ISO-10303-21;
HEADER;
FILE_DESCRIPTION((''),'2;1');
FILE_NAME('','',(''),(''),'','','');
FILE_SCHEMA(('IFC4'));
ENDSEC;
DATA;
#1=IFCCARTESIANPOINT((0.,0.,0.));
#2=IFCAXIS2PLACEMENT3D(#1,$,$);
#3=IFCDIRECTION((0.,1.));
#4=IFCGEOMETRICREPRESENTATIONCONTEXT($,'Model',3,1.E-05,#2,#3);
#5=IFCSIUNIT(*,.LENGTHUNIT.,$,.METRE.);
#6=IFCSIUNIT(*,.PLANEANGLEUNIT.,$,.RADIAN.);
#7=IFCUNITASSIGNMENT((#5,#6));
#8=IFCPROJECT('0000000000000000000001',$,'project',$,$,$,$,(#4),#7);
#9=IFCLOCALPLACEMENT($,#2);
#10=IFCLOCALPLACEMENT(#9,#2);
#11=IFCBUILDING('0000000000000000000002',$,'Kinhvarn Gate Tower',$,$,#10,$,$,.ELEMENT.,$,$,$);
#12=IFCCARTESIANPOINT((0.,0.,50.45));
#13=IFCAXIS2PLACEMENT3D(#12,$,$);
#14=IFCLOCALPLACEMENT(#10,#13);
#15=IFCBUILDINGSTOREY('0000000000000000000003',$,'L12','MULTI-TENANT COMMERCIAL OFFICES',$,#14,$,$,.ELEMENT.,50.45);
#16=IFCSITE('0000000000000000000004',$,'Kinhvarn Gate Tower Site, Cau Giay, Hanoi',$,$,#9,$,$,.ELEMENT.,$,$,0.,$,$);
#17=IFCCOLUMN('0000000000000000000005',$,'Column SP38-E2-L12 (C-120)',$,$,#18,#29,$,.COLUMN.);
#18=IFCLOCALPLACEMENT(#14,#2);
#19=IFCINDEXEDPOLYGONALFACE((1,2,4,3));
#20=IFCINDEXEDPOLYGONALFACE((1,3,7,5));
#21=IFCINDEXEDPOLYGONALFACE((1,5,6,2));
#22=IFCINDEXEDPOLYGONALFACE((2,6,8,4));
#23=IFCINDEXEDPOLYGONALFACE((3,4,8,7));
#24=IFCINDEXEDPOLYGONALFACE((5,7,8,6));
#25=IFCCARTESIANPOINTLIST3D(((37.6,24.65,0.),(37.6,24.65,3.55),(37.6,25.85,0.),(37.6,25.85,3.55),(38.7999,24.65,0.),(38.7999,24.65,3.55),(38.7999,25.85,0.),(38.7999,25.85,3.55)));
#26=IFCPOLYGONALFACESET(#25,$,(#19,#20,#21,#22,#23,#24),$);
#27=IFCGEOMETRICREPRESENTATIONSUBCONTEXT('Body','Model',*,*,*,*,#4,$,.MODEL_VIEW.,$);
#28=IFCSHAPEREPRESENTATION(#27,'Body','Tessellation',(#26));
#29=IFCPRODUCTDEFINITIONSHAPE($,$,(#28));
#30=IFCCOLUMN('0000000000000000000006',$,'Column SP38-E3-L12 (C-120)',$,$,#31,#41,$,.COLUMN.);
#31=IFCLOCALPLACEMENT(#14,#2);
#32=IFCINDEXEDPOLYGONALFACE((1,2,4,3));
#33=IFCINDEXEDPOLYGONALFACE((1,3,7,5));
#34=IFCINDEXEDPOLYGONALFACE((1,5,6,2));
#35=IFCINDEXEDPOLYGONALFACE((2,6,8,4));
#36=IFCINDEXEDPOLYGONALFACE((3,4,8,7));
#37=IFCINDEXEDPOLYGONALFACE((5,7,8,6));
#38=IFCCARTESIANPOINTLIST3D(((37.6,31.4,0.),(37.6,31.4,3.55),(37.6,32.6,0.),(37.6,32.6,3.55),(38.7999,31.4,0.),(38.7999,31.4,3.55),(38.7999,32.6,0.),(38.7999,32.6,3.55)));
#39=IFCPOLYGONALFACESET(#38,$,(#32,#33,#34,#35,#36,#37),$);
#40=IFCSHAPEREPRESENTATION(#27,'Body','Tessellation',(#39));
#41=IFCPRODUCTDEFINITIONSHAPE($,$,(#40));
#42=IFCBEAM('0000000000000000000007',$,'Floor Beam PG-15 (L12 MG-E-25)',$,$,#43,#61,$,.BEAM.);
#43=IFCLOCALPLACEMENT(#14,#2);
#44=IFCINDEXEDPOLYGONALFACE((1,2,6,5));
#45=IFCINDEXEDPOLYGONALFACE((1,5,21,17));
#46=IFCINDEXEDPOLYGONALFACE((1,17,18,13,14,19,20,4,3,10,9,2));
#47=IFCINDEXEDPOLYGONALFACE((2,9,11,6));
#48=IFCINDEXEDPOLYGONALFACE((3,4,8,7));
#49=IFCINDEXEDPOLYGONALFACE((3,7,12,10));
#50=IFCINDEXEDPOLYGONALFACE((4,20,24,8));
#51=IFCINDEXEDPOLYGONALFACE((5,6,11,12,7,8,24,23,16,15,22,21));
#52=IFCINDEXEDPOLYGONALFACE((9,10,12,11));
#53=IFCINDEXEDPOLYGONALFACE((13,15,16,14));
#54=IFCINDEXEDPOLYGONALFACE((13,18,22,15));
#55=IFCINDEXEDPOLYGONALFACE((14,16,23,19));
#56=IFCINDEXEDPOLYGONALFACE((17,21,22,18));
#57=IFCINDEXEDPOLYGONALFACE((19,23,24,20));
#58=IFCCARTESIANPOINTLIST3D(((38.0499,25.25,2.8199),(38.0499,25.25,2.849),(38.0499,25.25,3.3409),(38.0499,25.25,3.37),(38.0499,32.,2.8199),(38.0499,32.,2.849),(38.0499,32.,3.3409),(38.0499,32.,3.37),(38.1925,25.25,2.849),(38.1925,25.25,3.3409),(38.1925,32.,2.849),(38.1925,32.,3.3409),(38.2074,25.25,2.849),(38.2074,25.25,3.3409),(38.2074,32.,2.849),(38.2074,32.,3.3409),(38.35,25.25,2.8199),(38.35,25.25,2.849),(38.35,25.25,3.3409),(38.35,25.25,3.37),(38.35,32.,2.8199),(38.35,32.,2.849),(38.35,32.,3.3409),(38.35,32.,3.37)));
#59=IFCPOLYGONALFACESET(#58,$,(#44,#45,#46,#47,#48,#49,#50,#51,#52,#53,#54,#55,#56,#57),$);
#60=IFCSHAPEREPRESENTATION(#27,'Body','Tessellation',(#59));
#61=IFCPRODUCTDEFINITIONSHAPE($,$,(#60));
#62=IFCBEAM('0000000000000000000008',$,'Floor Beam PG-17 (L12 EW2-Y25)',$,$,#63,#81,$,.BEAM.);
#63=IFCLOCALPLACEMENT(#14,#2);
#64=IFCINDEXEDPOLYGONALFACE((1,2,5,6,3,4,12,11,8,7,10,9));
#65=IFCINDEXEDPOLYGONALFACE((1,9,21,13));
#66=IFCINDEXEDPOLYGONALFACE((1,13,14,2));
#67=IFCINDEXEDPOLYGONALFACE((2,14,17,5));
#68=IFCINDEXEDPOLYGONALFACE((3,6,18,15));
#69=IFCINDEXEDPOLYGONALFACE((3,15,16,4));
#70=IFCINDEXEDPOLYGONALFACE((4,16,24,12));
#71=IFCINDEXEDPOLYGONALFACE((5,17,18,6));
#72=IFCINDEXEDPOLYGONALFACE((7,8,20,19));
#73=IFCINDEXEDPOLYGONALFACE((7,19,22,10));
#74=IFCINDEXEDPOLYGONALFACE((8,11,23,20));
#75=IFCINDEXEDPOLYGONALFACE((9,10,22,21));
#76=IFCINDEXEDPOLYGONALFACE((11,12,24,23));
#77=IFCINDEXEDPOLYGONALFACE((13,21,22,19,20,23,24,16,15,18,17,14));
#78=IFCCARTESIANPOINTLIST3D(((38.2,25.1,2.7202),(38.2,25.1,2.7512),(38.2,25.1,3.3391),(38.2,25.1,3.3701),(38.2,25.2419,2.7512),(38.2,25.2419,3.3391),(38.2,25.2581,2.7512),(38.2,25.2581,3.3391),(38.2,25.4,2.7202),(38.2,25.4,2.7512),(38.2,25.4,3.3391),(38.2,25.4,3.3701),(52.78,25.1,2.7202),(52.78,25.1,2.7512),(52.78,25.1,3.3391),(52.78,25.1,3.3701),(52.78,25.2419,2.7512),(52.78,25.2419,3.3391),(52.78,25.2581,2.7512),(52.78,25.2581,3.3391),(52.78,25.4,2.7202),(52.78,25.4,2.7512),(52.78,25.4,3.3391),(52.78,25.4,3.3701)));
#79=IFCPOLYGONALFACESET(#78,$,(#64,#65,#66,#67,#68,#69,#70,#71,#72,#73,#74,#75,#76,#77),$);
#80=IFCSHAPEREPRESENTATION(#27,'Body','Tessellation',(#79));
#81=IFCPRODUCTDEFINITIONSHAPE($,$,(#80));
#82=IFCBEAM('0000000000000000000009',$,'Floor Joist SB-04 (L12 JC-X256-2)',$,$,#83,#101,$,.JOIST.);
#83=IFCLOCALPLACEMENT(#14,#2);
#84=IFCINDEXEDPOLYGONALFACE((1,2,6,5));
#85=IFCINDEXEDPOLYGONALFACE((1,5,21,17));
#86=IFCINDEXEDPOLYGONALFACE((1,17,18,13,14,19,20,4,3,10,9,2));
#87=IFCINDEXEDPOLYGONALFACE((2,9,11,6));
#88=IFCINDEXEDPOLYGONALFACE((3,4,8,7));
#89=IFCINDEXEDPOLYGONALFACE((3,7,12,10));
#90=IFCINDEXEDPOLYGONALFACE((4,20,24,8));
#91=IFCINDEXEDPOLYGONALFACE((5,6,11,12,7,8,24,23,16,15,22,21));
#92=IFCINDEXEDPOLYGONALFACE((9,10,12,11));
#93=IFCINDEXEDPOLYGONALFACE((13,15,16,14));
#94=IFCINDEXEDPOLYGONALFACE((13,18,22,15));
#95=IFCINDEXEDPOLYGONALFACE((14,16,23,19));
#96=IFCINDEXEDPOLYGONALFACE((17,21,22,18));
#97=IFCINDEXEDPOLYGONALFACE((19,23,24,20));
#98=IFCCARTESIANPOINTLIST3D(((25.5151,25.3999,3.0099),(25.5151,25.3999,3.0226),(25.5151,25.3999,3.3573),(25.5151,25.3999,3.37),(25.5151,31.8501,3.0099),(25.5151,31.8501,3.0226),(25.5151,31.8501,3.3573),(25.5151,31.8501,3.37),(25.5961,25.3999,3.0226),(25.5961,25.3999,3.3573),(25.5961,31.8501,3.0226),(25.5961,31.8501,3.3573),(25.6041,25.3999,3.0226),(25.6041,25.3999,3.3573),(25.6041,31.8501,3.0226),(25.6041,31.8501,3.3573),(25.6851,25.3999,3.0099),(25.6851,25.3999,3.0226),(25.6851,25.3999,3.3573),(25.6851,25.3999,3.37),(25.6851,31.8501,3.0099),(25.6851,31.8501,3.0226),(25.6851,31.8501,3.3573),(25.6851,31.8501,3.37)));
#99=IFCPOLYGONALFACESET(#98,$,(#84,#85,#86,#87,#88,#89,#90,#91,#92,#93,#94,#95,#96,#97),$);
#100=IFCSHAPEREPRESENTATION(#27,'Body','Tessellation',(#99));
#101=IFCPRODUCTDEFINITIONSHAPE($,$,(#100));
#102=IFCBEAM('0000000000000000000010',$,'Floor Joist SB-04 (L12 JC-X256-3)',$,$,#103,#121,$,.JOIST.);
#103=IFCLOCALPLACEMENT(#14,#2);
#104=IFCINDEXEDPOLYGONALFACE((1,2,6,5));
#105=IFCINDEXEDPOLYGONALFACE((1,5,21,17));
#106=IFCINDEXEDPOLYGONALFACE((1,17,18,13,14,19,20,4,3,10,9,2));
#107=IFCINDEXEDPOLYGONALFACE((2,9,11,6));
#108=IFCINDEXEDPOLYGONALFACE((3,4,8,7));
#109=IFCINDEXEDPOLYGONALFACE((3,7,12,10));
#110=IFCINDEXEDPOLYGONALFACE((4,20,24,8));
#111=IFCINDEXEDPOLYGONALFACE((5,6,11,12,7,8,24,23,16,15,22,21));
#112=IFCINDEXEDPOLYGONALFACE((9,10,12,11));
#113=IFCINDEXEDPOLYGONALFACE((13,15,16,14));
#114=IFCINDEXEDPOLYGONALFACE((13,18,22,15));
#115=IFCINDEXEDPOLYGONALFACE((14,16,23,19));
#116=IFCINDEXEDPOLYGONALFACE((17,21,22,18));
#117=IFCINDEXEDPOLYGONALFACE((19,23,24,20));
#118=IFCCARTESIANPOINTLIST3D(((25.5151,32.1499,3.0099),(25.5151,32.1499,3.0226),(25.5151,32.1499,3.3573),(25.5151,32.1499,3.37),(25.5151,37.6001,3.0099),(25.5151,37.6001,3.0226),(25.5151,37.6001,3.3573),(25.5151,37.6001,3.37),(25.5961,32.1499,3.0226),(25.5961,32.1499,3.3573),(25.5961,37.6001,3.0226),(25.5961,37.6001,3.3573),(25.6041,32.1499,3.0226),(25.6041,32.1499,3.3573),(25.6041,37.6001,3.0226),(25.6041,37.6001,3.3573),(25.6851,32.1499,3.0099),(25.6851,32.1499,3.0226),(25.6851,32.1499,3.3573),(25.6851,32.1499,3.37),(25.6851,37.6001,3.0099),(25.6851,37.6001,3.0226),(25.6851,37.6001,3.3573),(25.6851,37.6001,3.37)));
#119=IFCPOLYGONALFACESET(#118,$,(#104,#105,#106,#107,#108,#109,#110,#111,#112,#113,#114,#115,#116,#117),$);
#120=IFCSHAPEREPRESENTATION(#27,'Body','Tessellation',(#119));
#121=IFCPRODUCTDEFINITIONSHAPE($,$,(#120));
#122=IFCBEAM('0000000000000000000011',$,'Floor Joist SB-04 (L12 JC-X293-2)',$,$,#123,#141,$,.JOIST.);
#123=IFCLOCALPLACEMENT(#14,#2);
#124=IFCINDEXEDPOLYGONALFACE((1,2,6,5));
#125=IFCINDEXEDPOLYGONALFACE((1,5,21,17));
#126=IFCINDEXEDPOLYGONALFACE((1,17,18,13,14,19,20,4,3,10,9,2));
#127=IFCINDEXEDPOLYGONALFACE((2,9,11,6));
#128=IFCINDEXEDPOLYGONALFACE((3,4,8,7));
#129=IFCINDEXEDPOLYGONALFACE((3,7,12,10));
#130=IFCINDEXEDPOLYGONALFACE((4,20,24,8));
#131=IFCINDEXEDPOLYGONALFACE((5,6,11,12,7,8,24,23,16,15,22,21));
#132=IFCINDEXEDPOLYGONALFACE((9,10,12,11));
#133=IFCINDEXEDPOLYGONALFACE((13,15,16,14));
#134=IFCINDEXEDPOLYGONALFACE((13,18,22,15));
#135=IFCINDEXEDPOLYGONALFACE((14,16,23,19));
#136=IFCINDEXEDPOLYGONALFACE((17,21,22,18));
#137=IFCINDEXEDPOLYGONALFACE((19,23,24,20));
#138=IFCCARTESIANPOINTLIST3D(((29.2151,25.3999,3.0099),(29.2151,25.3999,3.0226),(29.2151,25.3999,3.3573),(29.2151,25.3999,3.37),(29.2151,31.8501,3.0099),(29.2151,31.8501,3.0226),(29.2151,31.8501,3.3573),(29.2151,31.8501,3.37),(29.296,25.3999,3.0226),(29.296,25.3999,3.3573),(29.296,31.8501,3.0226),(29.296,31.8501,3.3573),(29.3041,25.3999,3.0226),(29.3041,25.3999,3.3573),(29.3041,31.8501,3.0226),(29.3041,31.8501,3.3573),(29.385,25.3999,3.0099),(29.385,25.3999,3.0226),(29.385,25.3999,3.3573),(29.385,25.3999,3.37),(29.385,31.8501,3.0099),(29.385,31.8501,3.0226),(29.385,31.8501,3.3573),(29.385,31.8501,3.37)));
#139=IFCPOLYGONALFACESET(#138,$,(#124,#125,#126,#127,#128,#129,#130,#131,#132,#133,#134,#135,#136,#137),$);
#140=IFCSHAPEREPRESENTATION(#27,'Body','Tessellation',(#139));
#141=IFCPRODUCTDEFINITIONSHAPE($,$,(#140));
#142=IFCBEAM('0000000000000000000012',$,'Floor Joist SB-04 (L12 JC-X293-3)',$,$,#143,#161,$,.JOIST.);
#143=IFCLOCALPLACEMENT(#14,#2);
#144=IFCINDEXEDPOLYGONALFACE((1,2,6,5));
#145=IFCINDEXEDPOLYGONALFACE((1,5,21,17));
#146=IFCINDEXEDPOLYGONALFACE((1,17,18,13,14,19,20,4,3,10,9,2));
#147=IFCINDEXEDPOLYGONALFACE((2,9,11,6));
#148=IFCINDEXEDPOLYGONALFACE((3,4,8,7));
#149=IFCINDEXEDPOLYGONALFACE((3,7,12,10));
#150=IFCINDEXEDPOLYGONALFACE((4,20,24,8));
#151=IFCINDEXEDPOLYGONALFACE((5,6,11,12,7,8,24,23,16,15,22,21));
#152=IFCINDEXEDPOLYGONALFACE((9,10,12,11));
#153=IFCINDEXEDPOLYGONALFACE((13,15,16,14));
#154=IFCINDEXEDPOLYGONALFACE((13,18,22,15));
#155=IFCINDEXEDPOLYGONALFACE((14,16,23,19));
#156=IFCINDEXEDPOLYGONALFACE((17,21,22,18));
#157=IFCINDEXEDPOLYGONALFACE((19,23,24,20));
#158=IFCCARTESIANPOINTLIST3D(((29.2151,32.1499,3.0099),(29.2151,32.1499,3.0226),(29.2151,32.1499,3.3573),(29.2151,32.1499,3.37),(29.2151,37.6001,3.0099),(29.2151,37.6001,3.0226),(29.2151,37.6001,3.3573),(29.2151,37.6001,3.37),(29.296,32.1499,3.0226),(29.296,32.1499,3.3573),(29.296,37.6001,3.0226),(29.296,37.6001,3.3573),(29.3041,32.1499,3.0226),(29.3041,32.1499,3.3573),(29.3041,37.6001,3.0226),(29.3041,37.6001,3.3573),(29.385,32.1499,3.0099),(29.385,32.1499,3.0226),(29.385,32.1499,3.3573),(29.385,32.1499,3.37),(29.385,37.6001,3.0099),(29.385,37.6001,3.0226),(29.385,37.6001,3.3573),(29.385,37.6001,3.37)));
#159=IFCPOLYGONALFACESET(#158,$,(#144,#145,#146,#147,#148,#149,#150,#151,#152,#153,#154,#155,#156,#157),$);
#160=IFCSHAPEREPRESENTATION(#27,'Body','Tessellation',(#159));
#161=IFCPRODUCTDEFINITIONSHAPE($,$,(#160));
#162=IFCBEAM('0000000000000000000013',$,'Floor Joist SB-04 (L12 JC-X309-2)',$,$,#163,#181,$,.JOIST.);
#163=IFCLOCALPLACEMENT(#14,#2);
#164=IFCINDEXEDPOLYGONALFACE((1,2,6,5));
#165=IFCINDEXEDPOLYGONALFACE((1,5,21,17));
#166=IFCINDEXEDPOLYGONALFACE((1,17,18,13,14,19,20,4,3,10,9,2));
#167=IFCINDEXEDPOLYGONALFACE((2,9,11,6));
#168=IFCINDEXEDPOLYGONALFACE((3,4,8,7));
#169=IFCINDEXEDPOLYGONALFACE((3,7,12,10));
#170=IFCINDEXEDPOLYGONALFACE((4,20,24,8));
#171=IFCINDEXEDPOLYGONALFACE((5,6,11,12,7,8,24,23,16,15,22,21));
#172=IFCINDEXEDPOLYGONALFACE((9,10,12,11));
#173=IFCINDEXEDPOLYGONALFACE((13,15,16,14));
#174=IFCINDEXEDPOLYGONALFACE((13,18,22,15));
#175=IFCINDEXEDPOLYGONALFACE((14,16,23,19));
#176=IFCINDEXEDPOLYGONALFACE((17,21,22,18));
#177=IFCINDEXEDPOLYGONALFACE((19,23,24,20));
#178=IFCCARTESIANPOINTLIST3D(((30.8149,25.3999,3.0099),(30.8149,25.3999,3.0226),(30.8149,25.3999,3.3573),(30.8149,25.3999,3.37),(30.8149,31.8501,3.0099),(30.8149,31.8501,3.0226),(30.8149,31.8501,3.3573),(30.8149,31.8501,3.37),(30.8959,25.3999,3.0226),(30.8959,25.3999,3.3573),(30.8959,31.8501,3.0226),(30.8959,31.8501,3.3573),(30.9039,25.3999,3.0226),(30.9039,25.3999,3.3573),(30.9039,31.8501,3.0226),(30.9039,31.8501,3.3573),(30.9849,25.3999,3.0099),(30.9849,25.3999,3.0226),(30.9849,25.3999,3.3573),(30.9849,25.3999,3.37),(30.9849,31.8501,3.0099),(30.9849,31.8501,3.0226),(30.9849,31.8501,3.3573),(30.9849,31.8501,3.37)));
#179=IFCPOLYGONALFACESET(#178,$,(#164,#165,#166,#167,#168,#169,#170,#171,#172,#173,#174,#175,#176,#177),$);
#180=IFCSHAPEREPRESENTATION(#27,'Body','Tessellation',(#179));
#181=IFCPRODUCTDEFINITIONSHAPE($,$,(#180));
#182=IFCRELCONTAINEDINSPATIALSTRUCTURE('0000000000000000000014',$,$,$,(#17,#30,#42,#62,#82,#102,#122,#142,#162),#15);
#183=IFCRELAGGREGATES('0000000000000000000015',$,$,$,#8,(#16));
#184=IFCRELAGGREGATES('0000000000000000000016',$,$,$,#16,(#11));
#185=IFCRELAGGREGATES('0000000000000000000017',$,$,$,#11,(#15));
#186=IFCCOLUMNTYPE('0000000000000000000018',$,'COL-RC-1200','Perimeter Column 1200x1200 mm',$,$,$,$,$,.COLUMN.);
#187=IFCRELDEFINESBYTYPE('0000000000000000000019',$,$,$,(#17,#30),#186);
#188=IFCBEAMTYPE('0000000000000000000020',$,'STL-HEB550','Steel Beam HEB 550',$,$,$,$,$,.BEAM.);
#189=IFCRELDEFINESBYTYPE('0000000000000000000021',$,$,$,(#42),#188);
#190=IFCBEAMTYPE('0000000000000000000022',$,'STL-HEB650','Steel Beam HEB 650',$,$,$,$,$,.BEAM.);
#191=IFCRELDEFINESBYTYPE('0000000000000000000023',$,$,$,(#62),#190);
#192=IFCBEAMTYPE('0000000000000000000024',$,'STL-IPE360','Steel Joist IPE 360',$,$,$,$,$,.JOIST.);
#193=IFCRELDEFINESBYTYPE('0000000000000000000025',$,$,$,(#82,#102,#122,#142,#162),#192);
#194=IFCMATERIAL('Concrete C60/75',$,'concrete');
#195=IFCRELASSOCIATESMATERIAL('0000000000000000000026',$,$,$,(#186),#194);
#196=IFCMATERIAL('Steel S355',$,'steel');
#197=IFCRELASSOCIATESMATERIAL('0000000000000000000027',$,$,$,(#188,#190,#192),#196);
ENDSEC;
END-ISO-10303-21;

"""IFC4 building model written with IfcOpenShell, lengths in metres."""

from ifc_helpers import new_model, si_unit, direction, frame, origin, origin_2d, place, context, subcontext, project, spatial, rectangle, i_section, extrude, material, material_profile, profile_set, type_object, element, save


model = new_model("IFC4")

# Units and contexts
model_context = context("Model", 3, precision=1e-05, world=origin(), true_north=direction((0.0, 1.0)))
body_context = subcontext(model_context, "Body", "Model", "MODEL_VIEW")
ifc_project = project(units=[si_unit("LENGTHUNIT", "METRE"), si_unit("PLANEANGLEUNIT", "RADIAN")], contexts=[model_context])

# Site, building, storey
site_placement = place(None, origin())
site = spatial("IfcSite", under=ifc_project, at=site_placement, Name="Kinhvarn Gate Tower Site, Cau Giay, Hanoi", CompositionType="ELEMENT", RefElevation=0.0)
building_placement = place(site_placement, origin())
building = spatial("IfcBuilding", under=site, at=building_placement, Name="Kinhvarn Gate Tower", CompositionType="ELEMENT")
storey_placement = place(building_placement, frame((0.0, 0.0, 50.45)))
storey = spatial("IfcBuildingStorey", under=building, at=storey_placement, Name="L12", Description="MULTI-TENANT COMMERCIAL OFFICES", CompositionType="ELEMENT", Elevation=50.45)

# Columns
ifc_material_1 = material(Name="Concrete C60/75", Category="concrete")
ifc_material_profile_1 = material_profile(ifc_material_1, rectangle(XDim=1.2, YDim=1.2, at=origin_2d()), Name="RC 1200x1200")
ifc_profile_set_1 = profile_set([ifc_material_profile_1], Name="Concrete C60/75")
column_type = type_object("IfcColumnType", Name="COL-RC-1200", Description="Perimeter Column 1200x1200 mm", PredefinedType="COLUMN", material=ifc_profile_set_1)
for number, where, z_axis, x_axis, name in (
    (1, (38.2, 25.25, 0.0), (0.0, 0.0, 1.0), (1.0, 0.0, 0.0), "Column SP38-E2-L12 (C-120)"),
    (2, (38.2, 32.0, 0.0), (0.0, 0.0, 1.0), (1.0, 0.0, 0.0), "Column SP38-E3-L12 (C-120)"),
):
    element("IfcColumn", number, at=place(storey_placement, frame(where, z_axis=z_axis, x_axis=x_axis)), inside=storey, type_object=column_type, Name=name, PredefinedType="COLUMN", context=body_context, shape_type="SweptSolid", body=[
        extrude(rectangle(XDim=1.2, YDim=1.2, at=origin_2d()), origin(), (0.0, 0.0, 1.0), 3.55),
    ])

# Beams
ifc_material_2 = material(Name="Steel S355", Category="steel")
ifc_material_profile_2 = material_profile(ifc_material_2, i_section(OverallWidth=0.3, OverallDepth=0.55, WebThickness=0.0149, FlangeThickness=0.0291, at=origin_2d()), Name="HEB 550")
ifc_profile_set_2 = profile_set([ifc_material_profile_2], Name="Steel S355")
beam_type_1 = type_object("IfcBeamType", Name="STL-HEB550", Description="Steel Beam HEB 550", PredefinedType="BEAM", material=ifc_profile_set_2)
beam_1_placement = place(storey_placement, frame((38.2, 25.25, 3.095), z_axis=(0.0, 1.0, 0.0), x_axis=(-1.0, 0.0, 0.0)))
element("IfcBeam", 3, at=beam_1_placement, inside=storey, type_object=beam_type_1, Name="Floor Beam PG-15 (L12 MG-E-25)", PredefinedType="BEAM", context=body_context, shape_type="SweptSolid", body=[
    extrude(i_section(OverallWidth=0.3, OverallDepth=0.55, WebThickness=0.0149, FlangeThickness=0.0291, at=origin_2d()), origin(), (0.0, 0.0, 1.0), 6.75),
])
ifc_material_profile_3 = material_profile(ifc_material_2, i_section(OverallWidth=0.3, OverallDepth=0.6499, WebThickness=0.0161, FlangeThickness=0.031, at=origin_2d()), Name="HEB 650")
ifc_profile_set_3 = profile_set([ifc_material_profile_3], Name="Steel S355")
beam_type_2 = type_object("IfcBeamType", Name="STL-HEB650", Description="Steel Beam HEB 650", PredefinedType="BEAM", material=ifc_profile_set_3)
beam_2_placement = place(storey_placement, frame((38.2, 25.25, 3.0452), z_axis=(1.0, 0.0, 0.0), x_axis=(0.0, 1.0, 0.0)))
element("IfcBeam", 4, at=beam_2_placement, inside=storey, type_object=beam_type_2, Name="Floor Beam PG-17 (L12 EW2-Y25)", PredefinedType="BEAM", context=body_context, shape_type="SweptSolid", body=[
    extrude(i_section(OverallWidth=0.3, OverallDepth=0.6499, WebThickness=0.0161, FlangeThickness=0.031, at=origin_2d()), origin(), (0.0, 0.0, 1.0), 14.5801),
])
ifc_material_profile_4 = material_profile(ifc_material_2, i_section(OverallWidth=0.1699, OverallDepth=0.3601, WebThickness=0.0081, FlangeThickness=0.0127, at=origin_2d()), Name="IPE 360")
ifc_profile_set_4 = profile_set([ifc_material_profile_4], Name="Steel S355")
beam_type_3 = type_object("IfcBeamType", Name="STL-IPE360", Description="Steel Joist IPE 360", PredefinedType="JOIST", material=ifc_profile_set_4)
beam_3_placement = place(storey_placement, frame((25.6001, 25.3999, 3.1899), z_axis=(0.0, 1.0, 0.0), x_axis=(-1.0, 0.0, 0.0)))
element("IfcBeam", 5, at=beam_3_placement, inside=storey, type_object=beam_type_3, Name="Floor Joist SB-04 (L12 JC-X256-2)", PredefinedType="JOIST", context=body_context, shape_type="SweptSolid", body=[
    extrude(i_section(OverallWidth=0.1699, OverallDepth=0.3601, WebThickness=0.0081, FlangeThickness=0.0127, at=origin_2d()), origin(), (0.0, 0.0, 1.0), 6.4502),
])
beam_4_placement = place(storey_placement, frame((25.6001, 32.1499, 3.1899), z_axis=(0.0, 1.0, 0.0), x_axis=(-1.0, 0.0, 0.0)))
element("IfcBeam", 6, at=beam_4_placement, inside=storey, type_object=beam_type_3, Name="Floor Joist SB-04 (L12 JC-X256-3)", PredefinedType="JOIST", context=body_context, shape_type="SweptSolid", body=[
    extrude(i_section(OverallWidth=0.1699, OverallDepth=0.3601, WebThickness=0.0081, FlangeThickness=0.0127, at=origin_2d()), origin(), (0.0, 0.0, 1.0), 5.4502),
])
beam_5_placement = place(storey_placement, frame((29.3, 25.3999, 3.1899), z_axis=(0.0, 1.0, 0.0), x_axis=(-1.0, 0.0, 0.0)))
element("IfcBeam", 7, at=beam_5_placement, inside=storey, type_object=beam_type_3, Name="Floor Joist SB-04 (L12 JC-X293-2)", PredefinedType="JOIST", context=body_context, shape_type="SweptSolid", body=[
    extrude(i_section(OverallWidth=0.1699, OverallDepth=0.3601, WebThickness=0.0081, FlangeThickness=0.0127, at=origin_2d()), origin(), (0.0, 0.0, 1.0), 6.4502),
])
beam_6_placement = place(storey_placement, frame((29.3, 32.1499, 3.1899), z_axis=(0.0, 1.0, 0.0), x_axis=(-1.0, 0.0, 0.0)))
element("IfcBeam", 8, at=beam_6_placement, inside=storey, type_object=beam_type_3, Name="Floor Joist SB-04 (L12 JC-X293-3)", PredefinedType="JOIST", context=body_context, shape_type="SweptSolid", body=[
    extrude(i_section(OverallWidth=0.1699, OverallDepth=0.3601, WebThickness=0.0081, FlangeThickness=0.0127, at=origin_2d()), origin(), (0.0, 0.0, 1.0), 5.4502),
])
beam_7_placement = place(storey_placement, frame((30.8999, 25.3999, 3.1899), z_axis=(0.0, 1.0, 0.0), x_axis=(-1.0, 0.0, 0.0)))
element("IfcBeam", 9, at=beam_7_placement, inside=storey, type_object=beam_type_3, Name="Floor Joist SB-04 (L12 JC-X309-2)", PredefinedType="JOIST", context=body_context, shape_type="SweptSolid", body=[
    extrude(i_section(OverallWidth=0.1699, OverallDepth=0.3601, WebThickness=0.0081, FlangeThickness=0.0127, at=origin_2d()), origin(), (0.0, 0.0, 1.0), 6.4502),
])

save(model, "model.ifc")
